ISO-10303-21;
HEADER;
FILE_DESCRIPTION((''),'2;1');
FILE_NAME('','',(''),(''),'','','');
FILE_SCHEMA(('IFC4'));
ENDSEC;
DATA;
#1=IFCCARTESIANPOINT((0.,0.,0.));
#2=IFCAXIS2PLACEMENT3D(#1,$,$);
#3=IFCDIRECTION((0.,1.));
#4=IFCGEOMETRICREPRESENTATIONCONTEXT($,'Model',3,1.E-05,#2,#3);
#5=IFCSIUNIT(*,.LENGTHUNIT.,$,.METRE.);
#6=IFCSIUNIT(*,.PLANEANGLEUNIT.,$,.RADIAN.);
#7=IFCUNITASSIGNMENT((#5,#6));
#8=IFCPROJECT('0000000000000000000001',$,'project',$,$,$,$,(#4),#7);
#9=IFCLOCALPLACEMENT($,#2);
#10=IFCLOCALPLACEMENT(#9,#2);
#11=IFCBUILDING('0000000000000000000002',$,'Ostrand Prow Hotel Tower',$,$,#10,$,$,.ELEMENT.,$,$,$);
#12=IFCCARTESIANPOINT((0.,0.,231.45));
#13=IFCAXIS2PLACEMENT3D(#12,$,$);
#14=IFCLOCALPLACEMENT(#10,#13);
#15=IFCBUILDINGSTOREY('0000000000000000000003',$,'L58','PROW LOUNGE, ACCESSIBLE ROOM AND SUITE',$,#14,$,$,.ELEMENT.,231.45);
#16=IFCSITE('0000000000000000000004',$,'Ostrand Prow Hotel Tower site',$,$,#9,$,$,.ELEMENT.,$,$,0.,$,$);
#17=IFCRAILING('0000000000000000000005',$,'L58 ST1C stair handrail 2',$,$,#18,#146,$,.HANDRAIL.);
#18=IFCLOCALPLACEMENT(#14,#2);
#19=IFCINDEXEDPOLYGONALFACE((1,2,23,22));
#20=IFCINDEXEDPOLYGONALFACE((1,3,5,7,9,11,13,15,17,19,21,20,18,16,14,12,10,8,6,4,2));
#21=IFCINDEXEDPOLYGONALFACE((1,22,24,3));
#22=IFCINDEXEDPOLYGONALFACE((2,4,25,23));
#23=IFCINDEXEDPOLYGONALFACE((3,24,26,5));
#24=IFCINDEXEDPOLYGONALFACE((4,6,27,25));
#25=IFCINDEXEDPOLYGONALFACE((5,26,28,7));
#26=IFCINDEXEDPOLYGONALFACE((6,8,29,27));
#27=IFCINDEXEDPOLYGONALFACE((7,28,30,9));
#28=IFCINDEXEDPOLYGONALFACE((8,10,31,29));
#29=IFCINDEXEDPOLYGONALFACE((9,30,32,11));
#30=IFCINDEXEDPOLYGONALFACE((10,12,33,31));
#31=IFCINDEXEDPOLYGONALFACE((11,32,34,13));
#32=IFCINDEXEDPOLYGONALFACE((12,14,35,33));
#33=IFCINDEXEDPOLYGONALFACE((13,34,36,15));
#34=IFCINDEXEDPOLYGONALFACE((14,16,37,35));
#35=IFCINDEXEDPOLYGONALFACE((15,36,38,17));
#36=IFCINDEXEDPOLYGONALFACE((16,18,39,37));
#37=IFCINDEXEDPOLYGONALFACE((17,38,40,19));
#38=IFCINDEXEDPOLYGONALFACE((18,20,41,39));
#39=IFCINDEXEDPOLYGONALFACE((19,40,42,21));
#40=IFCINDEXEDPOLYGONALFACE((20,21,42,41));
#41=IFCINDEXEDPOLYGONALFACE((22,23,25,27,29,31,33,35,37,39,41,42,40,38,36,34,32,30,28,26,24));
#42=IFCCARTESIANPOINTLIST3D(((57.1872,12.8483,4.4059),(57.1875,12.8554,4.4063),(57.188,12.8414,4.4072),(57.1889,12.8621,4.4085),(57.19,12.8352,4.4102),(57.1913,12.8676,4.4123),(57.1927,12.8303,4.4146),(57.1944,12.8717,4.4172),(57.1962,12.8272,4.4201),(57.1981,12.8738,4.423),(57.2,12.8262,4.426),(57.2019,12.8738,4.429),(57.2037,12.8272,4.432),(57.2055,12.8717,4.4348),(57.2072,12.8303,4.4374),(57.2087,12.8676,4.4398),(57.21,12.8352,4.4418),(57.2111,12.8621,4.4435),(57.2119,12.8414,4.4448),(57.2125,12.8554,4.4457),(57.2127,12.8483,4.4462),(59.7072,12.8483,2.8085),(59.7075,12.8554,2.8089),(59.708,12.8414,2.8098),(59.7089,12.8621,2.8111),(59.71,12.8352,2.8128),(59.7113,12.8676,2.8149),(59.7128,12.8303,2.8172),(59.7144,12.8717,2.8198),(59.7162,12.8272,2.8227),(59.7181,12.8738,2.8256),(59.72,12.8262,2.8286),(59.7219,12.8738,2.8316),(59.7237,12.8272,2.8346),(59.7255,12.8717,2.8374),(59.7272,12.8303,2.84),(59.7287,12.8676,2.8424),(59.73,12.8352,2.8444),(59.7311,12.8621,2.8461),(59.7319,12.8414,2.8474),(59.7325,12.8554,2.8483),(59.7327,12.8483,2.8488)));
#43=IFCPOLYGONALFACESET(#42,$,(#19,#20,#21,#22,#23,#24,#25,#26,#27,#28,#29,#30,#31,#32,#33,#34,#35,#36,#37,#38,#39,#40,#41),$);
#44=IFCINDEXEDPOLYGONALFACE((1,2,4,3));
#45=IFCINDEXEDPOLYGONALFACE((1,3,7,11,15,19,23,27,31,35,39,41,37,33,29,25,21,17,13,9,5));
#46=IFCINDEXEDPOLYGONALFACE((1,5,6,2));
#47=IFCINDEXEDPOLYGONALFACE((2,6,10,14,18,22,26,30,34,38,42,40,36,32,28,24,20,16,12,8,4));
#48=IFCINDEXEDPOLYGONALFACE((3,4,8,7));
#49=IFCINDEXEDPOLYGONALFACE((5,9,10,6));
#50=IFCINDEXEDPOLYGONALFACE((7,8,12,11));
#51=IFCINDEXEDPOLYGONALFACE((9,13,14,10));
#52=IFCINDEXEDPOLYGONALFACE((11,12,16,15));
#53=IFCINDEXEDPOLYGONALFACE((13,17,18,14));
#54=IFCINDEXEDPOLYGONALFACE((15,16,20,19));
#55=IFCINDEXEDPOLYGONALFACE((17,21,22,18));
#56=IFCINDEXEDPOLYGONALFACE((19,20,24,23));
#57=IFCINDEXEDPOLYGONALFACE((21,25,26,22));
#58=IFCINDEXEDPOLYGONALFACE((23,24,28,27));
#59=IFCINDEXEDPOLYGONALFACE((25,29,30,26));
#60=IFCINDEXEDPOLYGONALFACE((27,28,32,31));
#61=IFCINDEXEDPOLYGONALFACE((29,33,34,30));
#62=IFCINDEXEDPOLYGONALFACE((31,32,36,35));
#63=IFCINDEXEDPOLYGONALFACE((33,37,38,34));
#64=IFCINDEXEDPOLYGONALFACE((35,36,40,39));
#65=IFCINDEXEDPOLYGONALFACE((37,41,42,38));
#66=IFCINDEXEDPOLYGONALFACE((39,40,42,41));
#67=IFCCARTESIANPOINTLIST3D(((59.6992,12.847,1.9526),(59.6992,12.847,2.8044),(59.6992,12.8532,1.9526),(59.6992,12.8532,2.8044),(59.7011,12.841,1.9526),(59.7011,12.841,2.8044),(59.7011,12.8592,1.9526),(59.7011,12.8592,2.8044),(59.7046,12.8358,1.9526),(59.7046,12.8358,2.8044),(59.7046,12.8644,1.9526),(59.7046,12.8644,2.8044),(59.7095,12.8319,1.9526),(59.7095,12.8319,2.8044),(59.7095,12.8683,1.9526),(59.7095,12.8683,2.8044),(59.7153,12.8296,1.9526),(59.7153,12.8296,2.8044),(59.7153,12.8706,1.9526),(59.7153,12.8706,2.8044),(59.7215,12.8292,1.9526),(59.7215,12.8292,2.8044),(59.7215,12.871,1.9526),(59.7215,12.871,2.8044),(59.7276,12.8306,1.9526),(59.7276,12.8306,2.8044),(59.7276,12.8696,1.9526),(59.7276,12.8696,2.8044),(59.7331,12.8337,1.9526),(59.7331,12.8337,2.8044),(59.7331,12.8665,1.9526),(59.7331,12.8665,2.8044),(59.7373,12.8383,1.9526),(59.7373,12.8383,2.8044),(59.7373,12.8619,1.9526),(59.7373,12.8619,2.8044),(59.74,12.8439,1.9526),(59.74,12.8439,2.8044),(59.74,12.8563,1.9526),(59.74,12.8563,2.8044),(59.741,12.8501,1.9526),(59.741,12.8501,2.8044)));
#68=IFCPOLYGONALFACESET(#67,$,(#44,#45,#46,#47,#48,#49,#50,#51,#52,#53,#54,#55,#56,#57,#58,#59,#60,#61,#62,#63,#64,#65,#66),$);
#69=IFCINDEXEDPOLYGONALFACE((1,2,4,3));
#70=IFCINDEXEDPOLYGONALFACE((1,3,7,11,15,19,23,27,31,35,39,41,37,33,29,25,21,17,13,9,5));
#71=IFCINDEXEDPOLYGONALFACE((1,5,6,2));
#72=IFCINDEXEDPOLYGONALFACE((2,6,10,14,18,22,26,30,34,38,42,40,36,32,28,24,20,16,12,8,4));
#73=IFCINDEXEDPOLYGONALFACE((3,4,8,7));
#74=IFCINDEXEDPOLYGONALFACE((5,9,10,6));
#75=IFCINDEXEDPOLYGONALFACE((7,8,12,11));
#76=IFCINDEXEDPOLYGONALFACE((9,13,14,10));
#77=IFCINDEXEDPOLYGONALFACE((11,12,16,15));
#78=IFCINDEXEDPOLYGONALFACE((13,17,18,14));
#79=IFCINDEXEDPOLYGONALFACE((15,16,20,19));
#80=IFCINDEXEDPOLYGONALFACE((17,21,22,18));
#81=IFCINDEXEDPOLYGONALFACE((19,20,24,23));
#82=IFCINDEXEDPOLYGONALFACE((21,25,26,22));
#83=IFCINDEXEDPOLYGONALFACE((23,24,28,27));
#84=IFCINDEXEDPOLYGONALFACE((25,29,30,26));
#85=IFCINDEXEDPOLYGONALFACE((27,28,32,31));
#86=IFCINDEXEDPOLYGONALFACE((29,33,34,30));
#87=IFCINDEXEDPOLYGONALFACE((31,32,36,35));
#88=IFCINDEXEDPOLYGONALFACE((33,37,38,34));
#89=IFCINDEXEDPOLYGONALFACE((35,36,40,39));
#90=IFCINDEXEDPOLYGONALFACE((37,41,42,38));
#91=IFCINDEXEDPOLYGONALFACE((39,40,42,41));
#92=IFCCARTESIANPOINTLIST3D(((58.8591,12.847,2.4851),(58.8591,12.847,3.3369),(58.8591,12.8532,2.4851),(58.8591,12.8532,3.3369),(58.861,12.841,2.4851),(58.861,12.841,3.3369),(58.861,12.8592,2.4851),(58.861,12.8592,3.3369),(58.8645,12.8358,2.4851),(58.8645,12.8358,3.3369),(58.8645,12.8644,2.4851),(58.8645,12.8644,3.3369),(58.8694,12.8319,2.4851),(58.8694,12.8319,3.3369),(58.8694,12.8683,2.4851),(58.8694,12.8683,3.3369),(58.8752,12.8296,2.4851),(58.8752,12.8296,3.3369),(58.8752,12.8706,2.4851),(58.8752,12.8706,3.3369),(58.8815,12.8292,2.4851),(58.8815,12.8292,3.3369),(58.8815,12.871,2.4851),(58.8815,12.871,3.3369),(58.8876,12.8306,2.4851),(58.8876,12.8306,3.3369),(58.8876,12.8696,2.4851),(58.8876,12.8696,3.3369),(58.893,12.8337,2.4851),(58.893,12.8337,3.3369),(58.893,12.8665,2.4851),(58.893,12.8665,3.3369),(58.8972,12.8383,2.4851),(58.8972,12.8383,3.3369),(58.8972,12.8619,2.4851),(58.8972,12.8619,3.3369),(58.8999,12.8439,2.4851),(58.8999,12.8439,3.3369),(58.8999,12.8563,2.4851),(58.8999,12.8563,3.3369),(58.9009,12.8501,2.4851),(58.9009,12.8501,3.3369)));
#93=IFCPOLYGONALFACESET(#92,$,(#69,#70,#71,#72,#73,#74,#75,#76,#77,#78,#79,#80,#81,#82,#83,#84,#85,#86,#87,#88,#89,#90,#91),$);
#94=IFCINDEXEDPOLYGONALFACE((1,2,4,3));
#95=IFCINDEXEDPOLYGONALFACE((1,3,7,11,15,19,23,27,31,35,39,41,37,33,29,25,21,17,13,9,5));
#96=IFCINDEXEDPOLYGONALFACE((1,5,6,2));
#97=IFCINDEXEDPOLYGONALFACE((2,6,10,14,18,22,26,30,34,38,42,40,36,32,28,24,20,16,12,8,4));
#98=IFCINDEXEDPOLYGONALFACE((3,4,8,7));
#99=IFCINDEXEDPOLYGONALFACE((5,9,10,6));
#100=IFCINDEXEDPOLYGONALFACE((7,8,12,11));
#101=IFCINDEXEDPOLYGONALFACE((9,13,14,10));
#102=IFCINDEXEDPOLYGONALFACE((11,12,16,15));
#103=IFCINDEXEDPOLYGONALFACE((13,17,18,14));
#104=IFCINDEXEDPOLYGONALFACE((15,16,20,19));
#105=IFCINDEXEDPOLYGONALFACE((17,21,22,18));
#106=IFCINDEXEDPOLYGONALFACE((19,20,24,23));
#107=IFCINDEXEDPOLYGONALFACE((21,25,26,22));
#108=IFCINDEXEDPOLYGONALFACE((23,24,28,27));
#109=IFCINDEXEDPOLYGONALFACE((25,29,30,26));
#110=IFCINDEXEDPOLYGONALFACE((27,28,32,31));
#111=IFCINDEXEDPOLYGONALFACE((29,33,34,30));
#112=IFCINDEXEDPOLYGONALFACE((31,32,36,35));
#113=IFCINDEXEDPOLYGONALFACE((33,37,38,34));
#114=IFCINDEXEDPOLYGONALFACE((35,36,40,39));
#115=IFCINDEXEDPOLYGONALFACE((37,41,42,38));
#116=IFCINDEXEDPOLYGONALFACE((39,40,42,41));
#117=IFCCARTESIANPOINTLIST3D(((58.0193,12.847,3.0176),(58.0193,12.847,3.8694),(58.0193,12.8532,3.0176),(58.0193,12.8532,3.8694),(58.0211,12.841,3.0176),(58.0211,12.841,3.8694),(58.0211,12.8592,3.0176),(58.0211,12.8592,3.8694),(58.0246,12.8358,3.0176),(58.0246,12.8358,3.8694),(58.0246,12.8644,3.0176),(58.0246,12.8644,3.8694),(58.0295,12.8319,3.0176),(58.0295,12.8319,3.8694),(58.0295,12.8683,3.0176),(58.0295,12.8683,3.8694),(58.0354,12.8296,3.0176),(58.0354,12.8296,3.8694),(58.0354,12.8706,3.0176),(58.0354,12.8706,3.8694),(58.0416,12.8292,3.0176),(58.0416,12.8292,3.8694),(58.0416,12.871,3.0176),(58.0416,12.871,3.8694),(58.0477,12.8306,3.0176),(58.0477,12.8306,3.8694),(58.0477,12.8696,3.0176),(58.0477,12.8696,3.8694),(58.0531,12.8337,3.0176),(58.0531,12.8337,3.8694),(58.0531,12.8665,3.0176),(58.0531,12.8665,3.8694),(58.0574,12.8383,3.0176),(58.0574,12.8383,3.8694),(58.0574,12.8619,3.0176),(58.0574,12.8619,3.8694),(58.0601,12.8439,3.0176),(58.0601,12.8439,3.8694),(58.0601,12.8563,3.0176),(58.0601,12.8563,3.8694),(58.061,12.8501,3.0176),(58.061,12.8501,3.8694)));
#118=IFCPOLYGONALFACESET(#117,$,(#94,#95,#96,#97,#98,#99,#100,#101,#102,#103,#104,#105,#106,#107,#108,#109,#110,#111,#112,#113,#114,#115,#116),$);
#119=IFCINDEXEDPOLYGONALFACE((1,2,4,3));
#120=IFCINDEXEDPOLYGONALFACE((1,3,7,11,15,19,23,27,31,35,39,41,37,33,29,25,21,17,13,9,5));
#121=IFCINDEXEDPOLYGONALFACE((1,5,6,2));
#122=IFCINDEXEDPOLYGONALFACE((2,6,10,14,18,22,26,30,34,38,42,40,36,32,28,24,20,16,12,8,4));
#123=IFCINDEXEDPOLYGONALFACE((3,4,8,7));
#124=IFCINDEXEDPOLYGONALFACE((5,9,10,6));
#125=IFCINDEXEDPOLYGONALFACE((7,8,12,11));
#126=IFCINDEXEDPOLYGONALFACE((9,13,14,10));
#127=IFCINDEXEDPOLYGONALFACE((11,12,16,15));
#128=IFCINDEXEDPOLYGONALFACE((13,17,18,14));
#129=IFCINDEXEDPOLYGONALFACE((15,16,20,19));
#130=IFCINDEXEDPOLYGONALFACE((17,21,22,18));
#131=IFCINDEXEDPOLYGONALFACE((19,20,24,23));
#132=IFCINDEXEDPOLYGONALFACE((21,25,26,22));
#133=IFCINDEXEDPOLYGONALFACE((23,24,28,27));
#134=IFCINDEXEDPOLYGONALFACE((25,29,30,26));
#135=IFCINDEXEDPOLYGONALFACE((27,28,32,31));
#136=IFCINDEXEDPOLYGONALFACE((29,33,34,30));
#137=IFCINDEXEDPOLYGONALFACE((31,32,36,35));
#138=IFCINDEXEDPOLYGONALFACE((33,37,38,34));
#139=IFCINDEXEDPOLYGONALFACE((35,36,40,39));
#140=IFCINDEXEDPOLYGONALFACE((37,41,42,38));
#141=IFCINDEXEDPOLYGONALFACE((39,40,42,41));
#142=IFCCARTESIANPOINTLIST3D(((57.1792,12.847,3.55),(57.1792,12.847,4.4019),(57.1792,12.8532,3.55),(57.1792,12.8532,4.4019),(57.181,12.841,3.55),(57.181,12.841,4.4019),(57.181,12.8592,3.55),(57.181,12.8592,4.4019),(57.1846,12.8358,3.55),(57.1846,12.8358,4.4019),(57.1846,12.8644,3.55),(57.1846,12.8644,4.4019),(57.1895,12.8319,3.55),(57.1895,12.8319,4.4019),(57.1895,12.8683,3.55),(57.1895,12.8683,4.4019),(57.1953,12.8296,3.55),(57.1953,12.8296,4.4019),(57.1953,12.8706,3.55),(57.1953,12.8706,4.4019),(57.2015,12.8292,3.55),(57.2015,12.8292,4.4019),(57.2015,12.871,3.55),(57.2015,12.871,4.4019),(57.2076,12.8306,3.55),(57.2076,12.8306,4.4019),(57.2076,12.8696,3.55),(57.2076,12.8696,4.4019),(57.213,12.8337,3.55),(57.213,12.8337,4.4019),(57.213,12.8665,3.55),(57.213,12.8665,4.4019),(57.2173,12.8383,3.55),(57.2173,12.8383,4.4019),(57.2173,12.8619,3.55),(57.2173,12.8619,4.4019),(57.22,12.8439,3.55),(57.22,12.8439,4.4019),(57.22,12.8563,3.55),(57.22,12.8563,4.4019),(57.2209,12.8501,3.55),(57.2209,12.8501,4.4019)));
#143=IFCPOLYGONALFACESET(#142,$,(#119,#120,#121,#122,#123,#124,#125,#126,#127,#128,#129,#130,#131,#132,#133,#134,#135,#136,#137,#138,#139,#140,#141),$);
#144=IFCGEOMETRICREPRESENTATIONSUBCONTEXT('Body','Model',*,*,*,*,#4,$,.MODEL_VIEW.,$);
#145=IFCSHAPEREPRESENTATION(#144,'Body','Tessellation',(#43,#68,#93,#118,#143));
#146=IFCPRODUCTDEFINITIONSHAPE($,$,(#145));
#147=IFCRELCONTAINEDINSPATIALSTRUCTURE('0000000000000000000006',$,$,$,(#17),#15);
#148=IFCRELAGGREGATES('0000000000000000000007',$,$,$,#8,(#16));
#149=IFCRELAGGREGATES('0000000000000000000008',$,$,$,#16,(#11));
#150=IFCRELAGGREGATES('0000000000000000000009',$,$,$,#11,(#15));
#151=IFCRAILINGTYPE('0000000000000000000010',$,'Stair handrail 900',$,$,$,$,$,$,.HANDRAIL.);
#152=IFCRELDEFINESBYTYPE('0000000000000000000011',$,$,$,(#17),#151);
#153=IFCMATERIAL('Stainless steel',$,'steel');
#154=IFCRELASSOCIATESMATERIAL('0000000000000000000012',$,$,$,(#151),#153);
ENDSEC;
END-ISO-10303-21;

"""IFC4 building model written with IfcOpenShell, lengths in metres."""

from ifc_helpers import new_model, si_unit, direction, frame, origin, origin_2d, place, context, subcontext, project, spatial, circle, extrude, material, type_object, element, save


model = new_model("IFC4")

# Units and contexts
model_context = context("Model", 3, precision=1e-05, world=origin(), true_north=direction((0.0, 1.0)))
body_context = subcontext(model_context, "Body", "Model", "MODEL_VIEW")
ifc_project = project(units=[si_unit("LENGTHUNIT", "METRE"), si_unit("PLANEANGLEUNIT", "RADIAN")], contexts=[model_context])

# Site, building, storey
site_placement = place(None, origin())
site = spatial("IfcSite", under=ifc_project, at=site_placement, Name="Ostrand Prow Hotel Tower site", CompositionType="ELEMENT", RefElevation=0.0)
building_placement = place(site_placement, origin())
building = spatial("IfcBuilding", under=site, at=building_placement, Name="Ostrand Prow Hotel Tower", CompositionType="ELEMENT")
storey_placement = place(building_placement, frame((0.0, 0.0, 231.45)))
storey = spatial("IfcBuildingStorey", under=building, at=storey_placement, Name="L58", Description="PROW LOUNGE, ACCESSIBLE ROOM AND SUITE", CompositionType="ELEMENT", Elevation=231.45)

# Railing
ifc_material_1 = material(Name="Stainless steel", Category="steel")
railing_type_1 = type_object("IfcRailingType", Name="Stair handrail 900", PredefinedType="HANDRAIL", material=ifc_material_1)
railing_1_placement = place(storey_placement, frame((59.72, 12.8501, 1.9526)))
element("IfcRailing", 1, at=railing_1_placement, inside=storey, type_object=railing_type_1, Name="L58 ST1C stair handrail 2", PredefinedType="HANDRAIL", context=body_context, shape_type="SweptSolid", body=[
    extrude(circle(Radius=0.0239, at=origin_2d()), frame((0.0, 0.0, 0.876), z_axis=(-0.844607, 0.0, 0.535387), x_axis=(0.0, -1.0, 0.0)), (0.0, 0.0, 1.0), 2.9836),
    extrude(circle(Radius=0.021, at=origin_2d()), origin(), (0.0, 0.0, 1.0), 0.8518),
    extrude(circle(Radius=0.021, at=origin_2d()), frame((-0.8401, 0.0, 0.5325)), (0.0, 0.0, 1.0), 0.8518),
    extrude(circle(Radius=0.021, at=origin_2d()), frame((-1.6799, 0.0, 1.0649)), (0.0, 0.0, 1.0), 0.8518),
    extrude(circle(Radius=0.021, at=origin_2d()), frame((-2.52, 0.0, 1.5974)), (0.0, 0.0, 1.0), 0.8518),
])

save(model, "model.ifc")
